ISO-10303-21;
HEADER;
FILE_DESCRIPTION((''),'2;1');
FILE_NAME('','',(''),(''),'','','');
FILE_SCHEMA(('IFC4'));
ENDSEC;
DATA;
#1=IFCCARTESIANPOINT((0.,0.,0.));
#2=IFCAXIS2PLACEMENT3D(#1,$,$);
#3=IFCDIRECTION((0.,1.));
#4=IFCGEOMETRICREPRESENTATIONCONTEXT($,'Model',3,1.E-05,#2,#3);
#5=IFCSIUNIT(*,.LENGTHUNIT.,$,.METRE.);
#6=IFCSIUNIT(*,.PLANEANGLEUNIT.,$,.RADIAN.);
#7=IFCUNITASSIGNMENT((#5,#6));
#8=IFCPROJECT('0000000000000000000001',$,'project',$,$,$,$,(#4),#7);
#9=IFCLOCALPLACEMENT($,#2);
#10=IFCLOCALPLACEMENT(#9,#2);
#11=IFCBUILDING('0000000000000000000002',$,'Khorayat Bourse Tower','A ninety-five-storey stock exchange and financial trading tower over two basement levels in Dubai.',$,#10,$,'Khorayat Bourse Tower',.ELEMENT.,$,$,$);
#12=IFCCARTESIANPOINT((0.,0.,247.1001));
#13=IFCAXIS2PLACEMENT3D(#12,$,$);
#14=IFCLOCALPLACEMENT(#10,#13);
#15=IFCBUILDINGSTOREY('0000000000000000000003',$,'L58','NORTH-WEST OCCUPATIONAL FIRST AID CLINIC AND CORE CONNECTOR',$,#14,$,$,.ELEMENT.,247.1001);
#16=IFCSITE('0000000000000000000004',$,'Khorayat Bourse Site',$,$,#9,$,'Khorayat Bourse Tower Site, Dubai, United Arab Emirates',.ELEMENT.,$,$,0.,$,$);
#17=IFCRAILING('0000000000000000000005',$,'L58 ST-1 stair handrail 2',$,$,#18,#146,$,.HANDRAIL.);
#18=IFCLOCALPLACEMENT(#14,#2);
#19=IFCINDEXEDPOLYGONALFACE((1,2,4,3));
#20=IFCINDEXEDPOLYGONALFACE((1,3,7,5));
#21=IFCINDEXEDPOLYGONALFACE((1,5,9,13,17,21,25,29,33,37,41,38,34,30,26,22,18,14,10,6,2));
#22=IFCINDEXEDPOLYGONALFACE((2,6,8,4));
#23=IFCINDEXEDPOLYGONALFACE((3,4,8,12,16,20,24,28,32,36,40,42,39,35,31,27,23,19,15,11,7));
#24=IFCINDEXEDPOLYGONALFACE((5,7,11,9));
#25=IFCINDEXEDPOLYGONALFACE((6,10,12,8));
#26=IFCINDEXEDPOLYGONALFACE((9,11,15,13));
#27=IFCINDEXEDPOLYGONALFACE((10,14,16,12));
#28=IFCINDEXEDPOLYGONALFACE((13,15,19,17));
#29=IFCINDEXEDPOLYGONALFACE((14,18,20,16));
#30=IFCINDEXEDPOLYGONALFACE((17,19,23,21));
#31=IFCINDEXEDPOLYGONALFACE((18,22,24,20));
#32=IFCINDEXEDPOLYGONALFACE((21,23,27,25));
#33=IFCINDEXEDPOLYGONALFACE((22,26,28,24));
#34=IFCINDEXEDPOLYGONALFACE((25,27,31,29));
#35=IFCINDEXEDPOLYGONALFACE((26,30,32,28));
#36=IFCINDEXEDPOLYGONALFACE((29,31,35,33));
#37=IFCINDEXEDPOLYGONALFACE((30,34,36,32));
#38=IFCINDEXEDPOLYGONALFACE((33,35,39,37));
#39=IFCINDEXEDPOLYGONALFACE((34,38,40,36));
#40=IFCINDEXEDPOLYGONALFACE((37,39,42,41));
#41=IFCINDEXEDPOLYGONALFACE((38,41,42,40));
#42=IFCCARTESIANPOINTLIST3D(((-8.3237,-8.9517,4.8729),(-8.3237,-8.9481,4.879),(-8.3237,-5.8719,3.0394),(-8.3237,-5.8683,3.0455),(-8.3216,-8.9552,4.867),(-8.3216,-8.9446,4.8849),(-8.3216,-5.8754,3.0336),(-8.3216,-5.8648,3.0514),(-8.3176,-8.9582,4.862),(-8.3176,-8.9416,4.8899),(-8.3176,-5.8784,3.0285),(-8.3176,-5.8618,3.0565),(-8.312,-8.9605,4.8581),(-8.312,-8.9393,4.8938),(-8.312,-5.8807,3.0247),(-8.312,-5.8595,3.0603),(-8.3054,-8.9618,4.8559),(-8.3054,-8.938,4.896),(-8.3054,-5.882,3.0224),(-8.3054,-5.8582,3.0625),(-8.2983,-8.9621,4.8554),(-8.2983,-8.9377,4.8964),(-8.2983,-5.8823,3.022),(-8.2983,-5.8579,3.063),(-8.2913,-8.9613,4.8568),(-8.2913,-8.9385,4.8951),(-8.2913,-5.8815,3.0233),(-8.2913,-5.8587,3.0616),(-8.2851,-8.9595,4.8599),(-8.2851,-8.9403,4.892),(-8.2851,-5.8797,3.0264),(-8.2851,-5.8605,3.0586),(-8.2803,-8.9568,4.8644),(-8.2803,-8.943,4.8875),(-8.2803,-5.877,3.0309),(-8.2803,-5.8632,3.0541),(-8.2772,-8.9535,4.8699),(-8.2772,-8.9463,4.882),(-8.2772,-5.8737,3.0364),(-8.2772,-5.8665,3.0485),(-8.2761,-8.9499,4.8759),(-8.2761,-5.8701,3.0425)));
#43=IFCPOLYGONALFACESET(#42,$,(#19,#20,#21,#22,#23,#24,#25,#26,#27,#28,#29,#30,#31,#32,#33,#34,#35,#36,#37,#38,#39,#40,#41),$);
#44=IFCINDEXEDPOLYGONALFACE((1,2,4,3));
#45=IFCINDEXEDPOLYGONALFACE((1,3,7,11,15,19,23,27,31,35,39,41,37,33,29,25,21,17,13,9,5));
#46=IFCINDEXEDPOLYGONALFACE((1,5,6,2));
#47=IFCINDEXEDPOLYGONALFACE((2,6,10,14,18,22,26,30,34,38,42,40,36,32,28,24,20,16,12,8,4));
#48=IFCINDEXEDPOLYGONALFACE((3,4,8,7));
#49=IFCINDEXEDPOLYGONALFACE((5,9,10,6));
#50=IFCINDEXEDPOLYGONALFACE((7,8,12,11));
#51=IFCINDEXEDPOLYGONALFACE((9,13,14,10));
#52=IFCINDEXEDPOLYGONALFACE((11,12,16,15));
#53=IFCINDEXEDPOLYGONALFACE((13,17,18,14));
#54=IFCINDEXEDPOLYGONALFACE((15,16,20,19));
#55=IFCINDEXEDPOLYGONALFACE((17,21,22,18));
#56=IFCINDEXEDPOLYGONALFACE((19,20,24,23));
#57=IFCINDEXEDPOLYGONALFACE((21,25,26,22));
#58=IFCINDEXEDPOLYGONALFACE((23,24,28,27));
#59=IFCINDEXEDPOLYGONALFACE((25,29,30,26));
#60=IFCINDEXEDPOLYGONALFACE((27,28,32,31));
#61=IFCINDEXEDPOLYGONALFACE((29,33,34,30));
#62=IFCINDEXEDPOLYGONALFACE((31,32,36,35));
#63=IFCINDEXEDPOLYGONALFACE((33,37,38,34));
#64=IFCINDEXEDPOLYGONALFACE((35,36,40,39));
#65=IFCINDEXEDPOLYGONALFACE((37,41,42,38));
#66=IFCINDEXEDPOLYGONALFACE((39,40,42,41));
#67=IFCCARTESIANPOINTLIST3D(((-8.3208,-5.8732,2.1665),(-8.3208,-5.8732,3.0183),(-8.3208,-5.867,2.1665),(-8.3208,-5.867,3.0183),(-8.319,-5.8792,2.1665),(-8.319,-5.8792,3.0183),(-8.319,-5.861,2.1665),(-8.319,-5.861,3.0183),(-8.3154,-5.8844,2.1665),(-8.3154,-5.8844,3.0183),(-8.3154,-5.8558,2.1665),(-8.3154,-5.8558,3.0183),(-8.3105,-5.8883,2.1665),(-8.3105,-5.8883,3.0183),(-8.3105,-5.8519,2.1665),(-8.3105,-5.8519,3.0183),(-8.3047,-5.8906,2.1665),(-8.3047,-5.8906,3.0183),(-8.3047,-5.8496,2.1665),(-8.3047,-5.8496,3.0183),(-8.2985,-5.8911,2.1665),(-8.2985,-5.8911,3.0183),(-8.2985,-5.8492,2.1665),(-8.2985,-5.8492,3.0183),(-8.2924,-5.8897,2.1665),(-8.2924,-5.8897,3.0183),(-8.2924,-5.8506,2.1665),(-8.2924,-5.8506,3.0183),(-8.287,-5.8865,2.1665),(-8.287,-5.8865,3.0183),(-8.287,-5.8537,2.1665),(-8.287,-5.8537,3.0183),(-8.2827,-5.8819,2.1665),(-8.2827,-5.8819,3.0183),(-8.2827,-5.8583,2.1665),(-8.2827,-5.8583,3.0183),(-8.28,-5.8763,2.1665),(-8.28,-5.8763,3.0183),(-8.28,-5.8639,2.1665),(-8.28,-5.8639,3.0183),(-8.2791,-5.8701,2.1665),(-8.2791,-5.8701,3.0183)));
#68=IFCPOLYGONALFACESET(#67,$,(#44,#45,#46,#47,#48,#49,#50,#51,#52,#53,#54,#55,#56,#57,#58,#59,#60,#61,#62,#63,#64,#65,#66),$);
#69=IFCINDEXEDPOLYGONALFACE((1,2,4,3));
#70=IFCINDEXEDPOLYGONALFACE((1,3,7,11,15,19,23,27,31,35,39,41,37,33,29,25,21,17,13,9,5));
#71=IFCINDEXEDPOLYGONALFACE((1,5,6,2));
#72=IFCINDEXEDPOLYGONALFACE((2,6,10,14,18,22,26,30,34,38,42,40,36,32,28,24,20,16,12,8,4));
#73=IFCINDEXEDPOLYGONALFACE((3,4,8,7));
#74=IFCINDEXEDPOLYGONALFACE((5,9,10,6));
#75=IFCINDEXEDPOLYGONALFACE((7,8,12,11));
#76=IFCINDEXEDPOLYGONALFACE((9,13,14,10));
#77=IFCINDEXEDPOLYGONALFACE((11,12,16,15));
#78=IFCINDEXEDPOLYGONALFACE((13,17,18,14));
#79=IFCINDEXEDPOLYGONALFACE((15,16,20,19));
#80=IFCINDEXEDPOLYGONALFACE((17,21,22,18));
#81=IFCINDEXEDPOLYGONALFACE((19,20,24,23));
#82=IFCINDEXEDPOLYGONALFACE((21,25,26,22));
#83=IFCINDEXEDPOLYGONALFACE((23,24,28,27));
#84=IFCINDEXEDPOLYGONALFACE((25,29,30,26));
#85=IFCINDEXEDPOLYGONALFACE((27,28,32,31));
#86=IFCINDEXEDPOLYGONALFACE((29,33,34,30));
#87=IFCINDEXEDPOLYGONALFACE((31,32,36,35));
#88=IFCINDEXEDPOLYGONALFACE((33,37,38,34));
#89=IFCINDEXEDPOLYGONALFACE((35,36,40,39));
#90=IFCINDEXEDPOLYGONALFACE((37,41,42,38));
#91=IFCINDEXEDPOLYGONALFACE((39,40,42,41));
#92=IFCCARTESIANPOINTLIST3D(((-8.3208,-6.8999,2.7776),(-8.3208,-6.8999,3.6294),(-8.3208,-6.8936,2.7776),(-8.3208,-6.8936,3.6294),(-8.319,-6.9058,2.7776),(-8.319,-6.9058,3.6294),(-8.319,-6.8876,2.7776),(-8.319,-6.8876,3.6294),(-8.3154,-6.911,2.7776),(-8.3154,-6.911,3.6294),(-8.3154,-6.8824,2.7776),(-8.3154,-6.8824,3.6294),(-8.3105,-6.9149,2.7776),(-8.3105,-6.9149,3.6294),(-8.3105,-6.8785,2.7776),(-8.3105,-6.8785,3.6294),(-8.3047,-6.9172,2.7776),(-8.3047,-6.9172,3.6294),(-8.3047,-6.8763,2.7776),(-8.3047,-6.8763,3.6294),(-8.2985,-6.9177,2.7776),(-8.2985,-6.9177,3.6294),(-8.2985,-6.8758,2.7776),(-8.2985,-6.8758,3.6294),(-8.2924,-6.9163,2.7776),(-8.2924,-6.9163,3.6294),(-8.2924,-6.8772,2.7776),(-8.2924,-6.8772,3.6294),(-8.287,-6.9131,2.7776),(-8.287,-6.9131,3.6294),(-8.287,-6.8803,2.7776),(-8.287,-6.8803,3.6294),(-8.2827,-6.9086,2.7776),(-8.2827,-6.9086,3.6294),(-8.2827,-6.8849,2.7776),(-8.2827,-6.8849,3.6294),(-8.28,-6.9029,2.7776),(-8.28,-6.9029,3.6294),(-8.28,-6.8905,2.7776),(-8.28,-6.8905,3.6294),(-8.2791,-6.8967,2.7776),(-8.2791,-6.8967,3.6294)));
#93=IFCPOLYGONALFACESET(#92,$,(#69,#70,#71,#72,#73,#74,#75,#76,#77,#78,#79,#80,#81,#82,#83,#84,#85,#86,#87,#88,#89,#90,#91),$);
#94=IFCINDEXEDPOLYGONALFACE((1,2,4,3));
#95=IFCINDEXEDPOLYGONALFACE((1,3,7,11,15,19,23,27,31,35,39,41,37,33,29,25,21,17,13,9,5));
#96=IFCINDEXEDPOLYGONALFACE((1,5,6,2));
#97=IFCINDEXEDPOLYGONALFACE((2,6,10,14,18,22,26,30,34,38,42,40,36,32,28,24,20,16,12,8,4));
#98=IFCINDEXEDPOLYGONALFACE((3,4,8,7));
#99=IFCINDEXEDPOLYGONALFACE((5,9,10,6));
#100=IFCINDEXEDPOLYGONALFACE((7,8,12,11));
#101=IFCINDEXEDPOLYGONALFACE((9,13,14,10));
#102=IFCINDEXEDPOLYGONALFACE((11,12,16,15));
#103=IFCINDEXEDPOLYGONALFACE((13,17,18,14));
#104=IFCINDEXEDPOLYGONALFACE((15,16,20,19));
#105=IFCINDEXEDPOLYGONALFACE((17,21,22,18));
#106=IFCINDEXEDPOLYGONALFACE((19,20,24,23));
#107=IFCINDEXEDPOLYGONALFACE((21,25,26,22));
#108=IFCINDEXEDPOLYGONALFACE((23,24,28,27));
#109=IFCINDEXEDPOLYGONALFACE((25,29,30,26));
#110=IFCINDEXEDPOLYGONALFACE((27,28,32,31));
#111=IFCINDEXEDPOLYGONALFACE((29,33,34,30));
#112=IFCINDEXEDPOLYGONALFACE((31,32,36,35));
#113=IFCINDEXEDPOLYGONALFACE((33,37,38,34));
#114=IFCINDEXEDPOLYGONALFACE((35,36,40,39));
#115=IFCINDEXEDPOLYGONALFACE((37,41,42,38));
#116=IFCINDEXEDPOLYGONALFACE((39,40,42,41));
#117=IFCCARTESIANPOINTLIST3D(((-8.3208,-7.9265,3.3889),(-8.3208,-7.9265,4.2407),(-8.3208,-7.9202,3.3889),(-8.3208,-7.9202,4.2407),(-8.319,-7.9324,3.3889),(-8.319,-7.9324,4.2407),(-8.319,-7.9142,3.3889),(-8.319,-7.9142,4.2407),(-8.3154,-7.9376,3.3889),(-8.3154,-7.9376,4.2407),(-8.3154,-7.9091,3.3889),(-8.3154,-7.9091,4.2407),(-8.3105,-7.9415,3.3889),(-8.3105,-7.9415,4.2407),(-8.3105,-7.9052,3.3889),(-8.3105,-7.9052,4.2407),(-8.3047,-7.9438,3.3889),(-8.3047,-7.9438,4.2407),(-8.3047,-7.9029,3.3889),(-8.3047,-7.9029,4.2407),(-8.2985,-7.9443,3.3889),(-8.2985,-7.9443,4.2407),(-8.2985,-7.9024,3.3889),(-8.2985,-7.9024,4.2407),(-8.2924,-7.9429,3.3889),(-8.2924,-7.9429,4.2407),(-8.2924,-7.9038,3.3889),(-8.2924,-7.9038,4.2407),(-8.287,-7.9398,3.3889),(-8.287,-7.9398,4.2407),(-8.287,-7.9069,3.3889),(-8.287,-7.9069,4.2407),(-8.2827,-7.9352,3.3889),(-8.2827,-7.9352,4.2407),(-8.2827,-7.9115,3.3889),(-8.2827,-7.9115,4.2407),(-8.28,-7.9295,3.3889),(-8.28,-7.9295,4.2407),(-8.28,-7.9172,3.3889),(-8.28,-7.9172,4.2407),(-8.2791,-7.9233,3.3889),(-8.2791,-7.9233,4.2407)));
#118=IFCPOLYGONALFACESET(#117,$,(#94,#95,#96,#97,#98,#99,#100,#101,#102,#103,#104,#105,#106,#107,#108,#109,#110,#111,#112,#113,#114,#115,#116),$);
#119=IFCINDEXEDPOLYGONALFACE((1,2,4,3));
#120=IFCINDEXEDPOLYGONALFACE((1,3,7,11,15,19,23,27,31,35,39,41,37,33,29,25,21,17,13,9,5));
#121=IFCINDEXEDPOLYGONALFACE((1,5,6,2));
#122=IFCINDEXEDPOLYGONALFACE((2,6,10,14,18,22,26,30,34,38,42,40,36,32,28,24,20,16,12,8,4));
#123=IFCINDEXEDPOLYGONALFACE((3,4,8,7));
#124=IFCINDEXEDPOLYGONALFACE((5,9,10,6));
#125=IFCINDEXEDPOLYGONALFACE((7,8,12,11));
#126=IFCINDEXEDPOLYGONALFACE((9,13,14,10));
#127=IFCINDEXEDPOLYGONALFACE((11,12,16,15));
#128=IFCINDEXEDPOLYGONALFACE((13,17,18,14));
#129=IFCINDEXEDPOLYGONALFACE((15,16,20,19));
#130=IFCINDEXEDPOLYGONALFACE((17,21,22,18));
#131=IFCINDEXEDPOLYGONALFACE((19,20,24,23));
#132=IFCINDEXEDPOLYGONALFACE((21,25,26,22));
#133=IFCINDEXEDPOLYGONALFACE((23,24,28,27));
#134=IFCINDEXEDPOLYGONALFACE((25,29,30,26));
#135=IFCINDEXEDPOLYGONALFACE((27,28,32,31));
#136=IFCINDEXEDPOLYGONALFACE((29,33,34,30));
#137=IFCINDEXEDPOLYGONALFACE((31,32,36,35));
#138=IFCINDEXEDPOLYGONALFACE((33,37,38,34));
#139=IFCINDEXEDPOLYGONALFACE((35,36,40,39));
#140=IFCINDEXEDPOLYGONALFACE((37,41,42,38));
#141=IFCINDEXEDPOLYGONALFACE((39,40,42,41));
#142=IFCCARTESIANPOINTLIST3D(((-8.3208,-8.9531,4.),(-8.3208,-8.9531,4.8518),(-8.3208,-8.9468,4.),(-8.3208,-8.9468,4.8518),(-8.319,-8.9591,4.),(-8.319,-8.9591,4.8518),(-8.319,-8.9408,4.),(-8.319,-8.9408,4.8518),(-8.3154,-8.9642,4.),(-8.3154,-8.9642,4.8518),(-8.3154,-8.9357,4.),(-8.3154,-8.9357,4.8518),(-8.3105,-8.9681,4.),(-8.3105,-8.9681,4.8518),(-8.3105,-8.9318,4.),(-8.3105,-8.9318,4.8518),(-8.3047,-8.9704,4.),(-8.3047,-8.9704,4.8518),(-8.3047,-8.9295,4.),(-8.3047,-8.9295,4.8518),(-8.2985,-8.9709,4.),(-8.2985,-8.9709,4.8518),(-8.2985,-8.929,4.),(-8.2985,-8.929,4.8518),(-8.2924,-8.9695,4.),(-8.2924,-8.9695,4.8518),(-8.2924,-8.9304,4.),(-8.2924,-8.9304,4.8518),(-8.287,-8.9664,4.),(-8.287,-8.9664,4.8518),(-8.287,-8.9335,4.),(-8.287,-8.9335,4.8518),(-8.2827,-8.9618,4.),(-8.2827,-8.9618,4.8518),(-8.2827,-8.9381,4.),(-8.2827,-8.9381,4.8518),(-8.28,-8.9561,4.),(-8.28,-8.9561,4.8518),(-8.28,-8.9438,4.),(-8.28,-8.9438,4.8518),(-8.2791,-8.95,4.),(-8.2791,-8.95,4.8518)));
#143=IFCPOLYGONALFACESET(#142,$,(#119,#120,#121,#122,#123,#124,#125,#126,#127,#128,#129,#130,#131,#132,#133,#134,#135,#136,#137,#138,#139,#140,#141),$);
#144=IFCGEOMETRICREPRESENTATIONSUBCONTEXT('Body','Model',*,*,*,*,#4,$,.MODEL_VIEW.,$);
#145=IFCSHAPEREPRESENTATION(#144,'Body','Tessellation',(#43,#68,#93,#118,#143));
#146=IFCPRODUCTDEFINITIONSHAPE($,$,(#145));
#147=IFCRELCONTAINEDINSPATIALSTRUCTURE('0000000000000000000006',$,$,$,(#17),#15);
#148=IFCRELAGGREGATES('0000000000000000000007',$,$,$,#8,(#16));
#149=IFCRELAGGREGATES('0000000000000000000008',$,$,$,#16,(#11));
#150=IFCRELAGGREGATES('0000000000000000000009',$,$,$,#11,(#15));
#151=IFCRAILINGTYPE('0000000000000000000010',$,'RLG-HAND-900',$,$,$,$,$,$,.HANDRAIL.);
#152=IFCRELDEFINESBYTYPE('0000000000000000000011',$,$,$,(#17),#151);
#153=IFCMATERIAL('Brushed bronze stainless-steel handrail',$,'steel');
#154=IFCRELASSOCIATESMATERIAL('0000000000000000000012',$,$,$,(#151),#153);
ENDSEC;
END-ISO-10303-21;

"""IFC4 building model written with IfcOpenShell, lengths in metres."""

from ifc_helpers import new_model, si_unit, direction, frame, origin, origin_2d, place, context, subcontext, project, spatial, circle, extrude, source, transform, mapped, material, type_object, element, save


model = new_model("IFC4")

# Units and contexts
model_context = context("Model", 3, precision=1e-05, world=origin(), true_north=direction((0.0, 1.0)))
body_context = subcontext(model_context, "Body", "Model", "MODEL_VIEW")
ifc_project = project(units=[si_unit("LENGTHUNIT", "METRE"), si_unit("PLANEANGLEUNIT", "RADIAN")], contexts=[model_context])

# Site, building, storey
site_placement = place(None, origin())
site = spatial("IfcSite", under=ifc_project, at=site_placement, Name="Khorayat Bourse Site", LongName="Khorayat Bourse Tower Site, Dubai, United Arab Emirates", CompositionType="ELEMENT", RefElevation=0.0)
building_placement = place(site_placement, origin())
building = spatial("IfcBuilding", under=site, at=building_placement, Name="Khorayat Bourse Tower", Description="A ninety-five-storey stock exchange and financial trading tower over two basement levels in Dubai.", LongName="Khorayat Bourse Tower", CompositionType="ELEMENT")
storey_placement = place(building_placement, frame((0.0, 0.0, 247.1001)))
storey = spatial("IfcBuildingStorey", under=building, at=storey_placement, Name="L58", Description="NORTH-WEST OCCUPATIONAL FIRST AID CLINIC AND CORE CONNECTOR", CompositionType="ELEMENT", Elevation=247.1001)

# Railing
ifc_material_1 = material(Name="Brushed bronze stainless-steel handrail", Category="steel")
railing_type_1 = type_object("IfcRailingType", Name="RLG-HAND-900", PredefinedType="HANDRAIL", material=ifc_material_1)
shared_shape_1 = source(origin(), body_context, "Body", "SweptSolid", [
    extrude(circle(Radius=0.0239, at=origin_2d()), frame((0.0, 0.0, 0.876), z_axis=(0.0, -0.859261, 0.511538), x_axis=(1.0, 0.0, 0.0)), (0.0, 0.0, 1.0), 3.5842),
    extrude(circle(Radius=0.021, at=origin_2d()), origin(), (0.0, 0.0, 1.0), 0.8518),
    extrude(circle(Radius=0.021, at=origin_2d()), frame((0.0, -1.0266, 0.6111)), (0.0, 0.0, 1.0), 0.8518),
    extrude(circle(Radius=0.021, at=origin_2d()), frame((0.0, -2.0532, 1.2224)), (0.0, 0.0, 1.0), 0.8518),
    extrude(circle(Radius=0.021, at=origin_2d()), frame((0.0, -3.0798, 1.8335)), (0.0, 0.0, 1.0), 0.8518),
])
railing_1_placement = place(storey_placement, frame((-8.3, -5.8701, 2.1665)))
element("IfcRailing", 1, at=railing_1_placement, inside=storey, type_object=railing_type_1, Name="L58 ST-1 stair handrail 2", PredefinedType="HANDRAIL", context=body_context, shape_type="MappedRepresentation", body=[
    mapped(shared_shape_1, transform((0.0, 0.0, 0.0), scale=1.0)),
])

save(model, "model.ifc")
